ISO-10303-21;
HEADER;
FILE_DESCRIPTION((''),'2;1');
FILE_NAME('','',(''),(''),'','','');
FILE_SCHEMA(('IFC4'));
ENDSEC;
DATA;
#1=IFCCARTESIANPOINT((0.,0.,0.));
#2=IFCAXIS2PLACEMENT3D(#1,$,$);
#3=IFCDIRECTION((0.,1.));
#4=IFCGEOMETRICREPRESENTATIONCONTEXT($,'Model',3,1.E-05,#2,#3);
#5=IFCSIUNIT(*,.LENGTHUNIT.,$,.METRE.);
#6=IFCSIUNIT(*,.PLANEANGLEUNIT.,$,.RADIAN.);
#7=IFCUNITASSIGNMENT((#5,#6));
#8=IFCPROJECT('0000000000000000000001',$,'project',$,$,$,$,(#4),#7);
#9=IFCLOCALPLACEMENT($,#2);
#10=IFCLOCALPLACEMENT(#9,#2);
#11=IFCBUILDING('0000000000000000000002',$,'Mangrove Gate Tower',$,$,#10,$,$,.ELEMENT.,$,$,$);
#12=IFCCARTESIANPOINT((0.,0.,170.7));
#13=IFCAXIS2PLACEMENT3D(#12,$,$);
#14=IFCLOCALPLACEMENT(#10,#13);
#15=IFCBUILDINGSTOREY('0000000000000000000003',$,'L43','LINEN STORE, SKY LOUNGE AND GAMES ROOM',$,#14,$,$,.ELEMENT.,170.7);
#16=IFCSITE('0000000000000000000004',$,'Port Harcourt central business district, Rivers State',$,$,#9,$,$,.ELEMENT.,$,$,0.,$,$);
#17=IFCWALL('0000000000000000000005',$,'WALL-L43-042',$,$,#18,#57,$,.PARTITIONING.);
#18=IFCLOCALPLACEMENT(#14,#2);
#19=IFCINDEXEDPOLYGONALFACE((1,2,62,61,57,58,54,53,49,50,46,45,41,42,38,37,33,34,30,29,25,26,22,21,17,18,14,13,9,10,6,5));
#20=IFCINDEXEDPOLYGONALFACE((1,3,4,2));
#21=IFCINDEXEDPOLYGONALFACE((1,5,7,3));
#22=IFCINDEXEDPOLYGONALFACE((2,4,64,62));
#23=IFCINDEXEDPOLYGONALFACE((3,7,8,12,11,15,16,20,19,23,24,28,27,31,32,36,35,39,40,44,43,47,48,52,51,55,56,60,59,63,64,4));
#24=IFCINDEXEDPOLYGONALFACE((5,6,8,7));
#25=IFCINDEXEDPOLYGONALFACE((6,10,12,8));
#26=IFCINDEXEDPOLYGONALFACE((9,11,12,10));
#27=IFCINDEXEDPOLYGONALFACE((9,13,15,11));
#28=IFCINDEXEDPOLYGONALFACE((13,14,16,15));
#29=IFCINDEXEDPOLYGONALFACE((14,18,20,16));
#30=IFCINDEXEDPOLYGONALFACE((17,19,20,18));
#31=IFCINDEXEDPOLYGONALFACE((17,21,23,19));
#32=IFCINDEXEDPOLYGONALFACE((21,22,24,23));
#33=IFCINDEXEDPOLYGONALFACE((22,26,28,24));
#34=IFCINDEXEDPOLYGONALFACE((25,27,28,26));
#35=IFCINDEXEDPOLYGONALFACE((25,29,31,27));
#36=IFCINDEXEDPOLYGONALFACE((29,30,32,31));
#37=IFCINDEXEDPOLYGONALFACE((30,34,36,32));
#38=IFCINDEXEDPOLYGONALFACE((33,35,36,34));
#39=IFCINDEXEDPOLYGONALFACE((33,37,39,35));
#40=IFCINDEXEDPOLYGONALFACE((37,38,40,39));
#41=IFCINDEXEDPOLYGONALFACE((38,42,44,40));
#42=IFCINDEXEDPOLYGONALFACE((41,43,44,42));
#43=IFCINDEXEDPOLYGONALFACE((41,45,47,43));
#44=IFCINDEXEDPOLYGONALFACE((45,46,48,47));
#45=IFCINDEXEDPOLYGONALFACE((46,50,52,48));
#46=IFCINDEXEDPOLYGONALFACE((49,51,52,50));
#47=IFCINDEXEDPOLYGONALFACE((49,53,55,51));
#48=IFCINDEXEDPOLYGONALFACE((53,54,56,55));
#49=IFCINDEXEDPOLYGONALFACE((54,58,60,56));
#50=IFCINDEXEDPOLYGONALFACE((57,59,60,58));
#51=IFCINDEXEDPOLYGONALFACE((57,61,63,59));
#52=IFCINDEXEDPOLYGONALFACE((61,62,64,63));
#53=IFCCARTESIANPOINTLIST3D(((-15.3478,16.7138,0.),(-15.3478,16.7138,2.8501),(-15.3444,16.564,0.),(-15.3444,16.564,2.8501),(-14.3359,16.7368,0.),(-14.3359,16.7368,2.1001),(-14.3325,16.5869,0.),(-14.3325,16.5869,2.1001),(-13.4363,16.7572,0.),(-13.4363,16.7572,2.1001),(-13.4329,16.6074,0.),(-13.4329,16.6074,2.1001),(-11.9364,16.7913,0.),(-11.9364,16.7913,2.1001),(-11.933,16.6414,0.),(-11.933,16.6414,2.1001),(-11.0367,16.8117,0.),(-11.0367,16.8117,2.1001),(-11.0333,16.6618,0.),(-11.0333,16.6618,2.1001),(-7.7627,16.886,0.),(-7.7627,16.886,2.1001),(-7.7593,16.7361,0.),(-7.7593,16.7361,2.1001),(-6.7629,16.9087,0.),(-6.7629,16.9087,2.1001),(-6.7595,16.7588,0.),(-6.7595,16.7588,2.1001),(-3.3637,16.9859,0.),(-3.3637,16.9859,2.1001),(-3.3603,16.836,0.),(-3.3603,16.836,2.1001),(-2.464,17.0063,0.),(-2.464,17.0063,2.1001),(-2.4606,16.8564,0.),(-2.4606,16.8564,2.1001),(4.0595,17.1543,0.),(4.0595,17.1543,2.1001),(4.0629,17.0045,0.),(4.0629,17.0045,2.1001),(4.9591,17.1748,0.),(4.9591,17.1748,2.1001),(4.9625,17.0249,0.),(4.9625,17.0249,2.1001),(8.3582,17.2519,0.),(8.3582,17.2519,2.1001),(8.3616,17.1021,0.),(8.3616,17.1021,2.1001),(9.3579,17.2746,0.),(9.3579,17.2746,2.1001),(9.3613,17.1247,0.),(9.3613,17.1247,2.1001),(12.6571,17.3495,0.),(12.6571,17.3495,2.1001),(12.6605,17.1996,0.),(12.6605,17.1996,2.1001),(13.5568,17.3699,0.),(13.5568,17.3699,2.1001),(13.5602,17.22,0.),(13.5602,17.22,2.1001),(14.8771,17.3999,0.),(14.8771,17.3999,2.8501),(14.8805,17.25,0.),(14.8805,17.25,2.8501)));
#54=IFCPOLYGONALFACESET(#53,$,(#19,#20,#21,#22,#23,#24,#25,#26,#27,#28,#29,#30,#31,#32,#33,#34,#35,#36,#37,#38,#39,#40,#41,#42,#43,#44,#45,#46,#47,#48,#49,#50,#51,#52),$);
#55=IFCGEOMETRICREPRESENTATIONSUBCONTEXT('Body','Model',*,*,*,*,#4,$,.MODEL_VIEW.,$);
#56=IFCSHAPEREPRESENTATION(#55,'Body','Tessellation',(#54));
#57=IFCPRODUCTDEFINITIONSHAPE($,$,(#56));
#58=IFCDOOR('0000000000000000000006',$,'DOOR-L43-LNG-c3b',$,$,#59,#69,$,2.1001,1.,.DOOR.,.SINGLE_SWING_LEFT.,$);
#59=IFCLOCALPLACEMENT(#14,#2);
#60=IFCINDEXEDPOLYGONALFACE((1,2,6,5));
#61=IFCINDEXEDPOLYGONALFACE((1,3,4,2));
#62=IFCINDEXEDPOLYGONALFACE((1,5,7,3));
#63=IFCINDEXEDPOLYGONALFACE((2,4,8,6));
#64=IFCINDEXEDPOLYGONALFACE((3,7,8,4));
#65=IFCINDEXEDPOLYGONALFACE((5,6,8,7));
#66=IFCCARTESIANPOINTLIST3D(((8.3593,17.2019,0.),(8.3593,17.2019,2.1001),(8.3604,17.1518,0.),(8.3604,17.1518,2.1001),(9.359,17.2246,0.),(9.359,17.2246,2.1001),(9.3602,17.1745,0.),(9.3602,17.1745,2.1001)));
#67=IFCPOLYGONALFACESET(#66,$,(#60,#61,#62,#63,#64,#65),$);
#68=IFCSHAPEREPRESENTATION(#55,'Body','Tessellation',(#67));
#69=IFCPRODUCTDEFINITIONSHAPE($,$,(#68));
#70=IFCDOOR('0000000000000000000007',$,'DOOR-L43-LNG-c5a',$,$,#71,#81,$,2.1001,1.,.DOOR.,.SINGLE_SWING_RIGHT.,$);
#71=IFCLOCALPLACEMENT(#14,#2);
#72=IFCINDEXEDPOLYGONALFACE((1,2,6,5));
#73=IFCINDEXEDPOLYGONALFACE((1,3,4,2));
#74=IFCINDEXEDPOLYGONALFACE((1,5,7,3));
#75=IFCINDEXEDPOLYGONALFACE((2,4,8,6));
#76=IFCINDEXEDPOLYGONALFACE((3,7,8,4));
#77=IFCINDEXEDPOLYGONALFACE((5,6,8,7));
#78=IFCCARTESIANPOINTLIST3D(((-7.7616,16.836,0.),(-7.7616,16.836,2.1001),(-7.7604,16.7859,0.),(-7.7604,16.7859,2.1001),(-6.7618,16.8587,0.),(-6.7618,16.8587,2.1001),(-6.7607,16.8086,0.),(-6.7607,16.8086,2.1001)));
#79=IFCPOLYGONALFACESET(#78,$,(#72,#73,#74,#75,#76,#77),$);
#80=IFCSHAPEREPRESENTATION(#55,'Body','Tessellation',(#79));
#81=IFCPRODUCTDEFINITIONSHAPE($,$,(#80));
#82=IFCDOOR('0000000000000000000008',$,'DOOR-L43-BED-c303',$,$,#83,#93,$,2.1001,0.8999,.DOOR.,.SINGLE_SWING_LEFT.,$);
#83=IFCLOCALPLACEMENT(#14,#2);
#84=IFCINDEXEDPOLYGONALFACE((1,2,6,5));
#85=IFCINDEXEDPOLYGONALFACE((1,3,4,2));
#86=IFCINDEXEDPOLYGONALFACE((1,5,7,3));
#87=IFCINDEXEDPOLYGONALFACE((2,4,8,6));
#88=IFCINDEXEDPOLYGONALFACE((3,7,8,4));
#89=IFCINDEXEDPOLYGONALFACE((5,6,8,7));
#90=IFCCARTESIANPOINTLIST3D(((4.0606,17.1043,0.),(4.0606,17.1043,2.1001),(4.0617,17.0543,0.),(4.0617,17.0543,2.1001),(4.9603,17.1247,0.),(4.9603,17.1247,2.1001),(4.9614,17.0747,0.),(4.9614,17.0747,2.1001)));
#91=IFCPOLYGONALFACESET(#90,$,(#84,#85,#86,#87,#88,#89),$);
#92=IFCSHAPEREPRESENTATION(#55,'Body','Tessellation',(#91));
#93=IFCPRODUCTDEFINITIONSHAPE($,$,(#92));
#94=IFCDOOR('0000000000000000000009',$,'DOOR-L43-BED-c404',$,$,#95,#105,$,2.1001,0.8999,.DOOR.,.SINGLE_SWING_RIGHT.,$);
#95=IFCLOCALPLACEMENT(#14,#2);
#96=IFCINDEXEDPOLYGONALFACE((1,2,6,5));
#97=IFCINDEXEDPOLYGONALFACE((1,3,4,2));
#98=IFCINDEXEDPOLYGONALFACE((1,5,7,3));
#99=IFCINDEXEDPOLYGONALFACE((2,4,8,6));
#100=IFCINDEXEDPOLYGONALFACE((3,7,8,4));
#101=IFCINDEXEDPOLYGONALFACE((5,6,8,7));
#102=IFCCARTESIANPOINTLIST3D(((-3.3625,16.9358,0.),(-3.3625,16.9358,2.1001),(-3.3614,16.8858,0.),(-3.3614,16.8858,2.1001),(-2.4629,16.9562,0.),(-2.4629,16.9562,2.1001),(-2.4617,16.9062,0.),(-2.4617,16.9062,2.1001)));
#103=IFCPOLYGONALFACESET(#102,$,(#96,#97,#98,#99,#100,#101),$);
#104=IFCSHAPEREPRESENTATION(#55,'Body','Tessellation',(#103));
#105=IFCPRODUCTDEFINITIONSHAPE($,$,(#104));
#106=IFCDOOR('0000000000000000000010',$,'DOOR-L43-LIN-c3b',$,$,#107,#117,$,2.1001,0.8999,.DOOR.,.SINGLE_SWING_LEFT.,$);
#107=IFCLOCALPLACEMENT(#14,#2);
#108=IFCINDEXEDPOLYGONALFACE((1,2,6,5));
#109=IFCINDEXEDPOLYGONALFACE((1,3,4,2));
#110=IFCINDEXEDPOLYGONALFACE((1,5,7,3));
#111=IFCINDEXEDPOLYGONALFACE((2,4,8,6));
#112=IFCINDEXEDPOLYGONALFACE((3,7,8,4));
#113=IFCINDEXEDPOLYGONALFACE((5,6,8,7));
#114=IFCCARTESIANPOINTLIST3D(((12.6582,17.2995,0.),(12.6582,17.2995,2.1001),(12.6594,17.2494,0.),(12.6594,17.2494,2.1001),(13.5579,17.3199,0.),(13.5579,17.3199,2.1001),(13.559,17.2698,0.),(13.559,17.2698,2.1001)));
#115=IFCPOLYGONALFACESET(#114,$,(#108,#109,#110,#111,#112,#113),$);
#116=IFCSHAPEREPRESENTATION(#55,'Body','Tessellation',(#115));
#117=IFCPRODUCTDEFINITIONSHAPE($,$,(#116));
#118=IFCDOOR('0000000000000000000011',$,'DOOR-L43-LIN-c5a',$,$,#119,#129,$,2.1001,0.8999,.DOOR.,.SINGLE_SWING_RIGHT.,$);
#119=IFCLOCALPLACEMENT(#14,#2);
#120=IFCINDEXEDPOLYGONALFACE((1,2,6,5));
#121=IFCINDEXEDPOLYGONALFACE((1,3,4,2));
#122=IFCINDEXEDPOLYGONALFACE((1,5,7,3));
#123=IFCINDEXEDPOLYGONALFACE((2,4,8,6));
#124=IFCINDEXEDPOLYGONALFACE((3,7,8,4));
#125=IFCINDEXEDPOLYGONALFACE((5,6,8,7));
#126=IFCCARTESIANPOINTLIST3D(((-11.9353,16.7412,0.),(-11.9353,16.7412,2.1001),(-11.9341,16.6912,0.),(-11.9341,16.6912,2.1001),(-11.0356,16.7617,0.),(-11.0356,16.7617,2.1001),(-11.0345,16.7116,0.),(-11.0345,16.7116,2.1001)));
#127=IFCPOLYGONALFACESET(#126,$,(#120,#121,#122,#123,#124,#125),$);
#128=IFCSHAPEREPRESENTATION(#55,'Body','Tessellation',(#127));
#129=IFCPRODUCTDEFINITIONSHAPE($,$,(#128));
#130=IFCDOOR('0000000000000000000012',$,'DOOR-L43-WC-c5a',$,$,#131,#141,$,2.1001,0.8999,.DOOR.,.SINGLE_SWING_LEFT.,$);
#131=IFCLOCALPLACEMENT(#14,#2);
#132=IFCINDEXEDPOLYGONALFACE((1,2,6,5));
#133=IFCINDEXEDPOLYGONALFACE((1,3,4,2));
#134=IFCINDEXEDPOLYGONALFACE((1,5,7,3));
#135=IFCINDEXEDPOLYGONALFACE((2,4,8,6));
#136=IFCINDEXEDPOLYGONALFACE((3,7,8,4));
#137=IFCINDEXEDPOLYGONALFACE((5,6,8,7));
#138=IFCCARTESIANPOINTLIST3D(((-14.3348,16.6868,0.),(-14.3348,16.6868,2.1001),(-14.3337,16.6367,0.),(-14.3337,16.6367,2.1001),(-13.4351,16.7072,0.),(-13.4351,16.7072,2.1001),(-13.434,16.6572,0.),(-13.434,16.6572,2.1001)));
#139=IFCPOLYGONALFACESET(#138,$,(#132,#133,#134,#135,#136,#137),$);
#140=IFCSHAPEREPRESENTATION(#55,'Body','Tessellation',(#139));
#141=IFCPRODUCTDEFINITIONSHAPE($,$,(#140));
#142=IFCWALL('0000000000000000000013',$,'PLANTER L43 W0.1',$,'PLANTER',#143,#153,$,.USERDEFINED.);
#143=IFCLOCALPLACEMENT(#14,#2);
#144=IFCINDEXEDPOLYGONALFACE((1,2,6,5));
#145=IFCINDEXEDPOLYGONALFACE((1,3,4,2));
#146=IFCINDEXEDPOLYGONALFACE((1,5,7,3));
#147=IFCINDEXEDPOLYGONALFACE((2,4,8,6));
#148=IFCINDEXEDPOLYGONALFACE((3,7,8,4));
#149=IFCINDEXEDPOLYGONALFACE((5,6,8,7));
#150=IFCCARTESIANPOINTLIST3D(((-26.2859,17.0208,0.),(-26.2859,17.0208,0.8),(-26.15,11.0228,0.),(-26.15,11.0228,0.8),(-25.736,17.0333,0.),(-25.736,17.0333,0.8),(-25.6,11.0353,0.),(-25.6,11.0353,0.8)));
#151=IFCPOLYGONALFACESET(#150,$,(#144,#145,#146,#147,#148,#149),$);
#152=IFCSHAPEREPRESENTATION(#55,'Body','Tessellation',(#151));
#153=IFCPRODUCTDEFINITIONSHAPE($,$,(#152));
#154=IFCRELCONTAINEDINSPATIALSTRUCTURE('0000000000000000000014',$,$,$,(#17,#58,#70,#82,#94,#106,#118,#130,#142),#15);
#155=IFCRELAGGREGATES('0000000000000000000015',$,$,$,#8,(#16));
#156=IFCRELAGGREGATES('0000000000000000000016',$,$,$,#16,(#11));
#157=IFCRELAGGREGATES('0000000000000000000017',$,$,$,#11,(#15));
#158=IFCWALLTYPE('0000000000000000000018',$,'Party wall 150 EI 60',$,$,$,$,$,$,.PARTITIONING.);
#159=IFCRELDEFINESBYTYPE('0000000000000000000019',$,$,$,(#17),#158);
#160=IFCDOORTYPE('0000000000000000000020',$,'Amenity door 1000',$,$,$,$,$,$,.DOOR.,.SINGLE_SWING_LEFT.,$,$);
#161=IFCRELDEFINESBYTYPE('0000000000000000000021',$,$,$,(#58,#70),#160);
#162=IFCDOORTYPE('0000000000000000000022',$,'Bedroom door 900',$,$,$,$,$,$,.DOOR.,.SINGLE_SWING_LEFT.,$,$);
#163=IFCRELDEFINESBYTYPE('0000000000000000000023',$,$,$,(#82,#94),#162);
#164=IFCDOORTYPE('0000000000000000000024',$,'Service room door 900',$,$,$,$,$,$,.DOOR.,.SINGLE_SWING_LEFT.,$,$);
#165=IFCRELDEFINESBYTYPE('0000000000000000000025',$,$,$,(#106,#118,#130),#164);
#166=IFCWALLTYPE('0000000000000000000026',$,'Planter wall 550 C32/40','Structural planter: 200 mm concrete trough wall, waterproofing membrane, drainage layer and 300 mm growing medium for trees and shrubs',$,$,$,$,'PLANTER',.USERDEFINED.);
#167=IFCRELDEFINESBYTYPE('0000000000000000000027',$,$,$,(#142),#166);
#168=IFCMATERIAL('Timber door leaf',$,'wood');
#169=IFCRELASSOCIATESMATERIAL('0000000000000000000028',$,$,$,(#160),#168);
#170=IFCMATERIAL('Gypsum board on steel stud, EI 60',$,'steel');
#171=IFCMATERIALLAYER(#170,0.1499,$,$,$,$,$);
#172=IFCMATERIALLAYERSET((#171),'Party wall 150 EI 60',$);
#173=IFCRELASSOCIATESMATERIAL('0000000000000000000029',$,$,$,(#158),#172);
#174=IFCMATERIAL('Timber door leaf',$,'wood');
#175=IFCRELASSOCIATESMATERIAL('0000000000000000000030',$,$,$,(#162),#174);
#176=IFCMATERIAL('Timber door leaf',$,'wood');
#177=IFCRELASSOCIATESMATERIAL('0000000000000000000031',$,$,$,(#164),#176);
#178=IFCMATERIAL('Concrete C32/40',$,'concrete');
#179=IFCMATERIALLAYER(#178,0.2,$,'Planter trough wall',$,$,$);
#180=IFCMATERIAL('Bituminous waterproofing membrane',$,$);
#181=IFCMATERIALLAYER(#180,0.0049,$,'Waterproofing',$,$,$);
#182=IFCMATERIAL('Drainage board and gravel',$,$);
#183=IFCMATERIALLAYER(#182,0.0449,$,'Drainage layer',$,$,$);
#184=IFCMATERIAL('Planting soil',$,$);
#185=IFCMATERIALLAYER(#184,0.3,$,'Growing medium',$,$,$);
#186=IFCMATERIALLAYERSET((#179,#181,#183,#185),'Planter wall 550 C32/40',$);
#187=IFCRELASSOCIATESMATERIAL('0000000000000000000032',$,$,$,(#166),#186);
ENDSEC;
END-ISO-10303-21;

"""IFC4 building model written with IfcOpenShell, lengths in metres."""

from ifc_helpers import new_model, si_unit, direction, frame, frame_2d, origin, place, context, subcontext, project, spatial, rectangle, extrude, material, layer, layer_set, type_object, element, fill, save


model = new_model("IFC4")

# Units and contexts
model_context = context("Model", 3, precision=1e-05, world=origin(), true_north=direction((0.0, 1.0)))
body_context = subcontext(model_context, "Body", "Model", "MODEL_VIEW")
ifc_project = project(units=[si_unit("LENGTHUNIT", "METRE"), si_unit("PLANEANGLEUNIT", "RADIAN")], contexts=[model_context])

# Site, building, storey
site_placement = place(None, origin())
site = spatial("IfcSite", under=ifc_project, at=site_placement, Name="Port Harcourt central business district, Rivers State", CompositionType="ELEMENT", RefElevation=0.0)
building_placement = place(site_placement, origin())
building = spatial("IfcBuilding", under=site, at=building_placement, Name="Mangrove Gate Tower", CompositionType="ELEMENT")
storey_placement = place(building_placement, frame((0.0, 0.0, 170.7)))
storey = spatial("IfcBuildingStorey", under=building, at=storey_placement, Name="L43", Description="LINEN STORE, SKY LOUNGE AND GAMES ROOM", CompositionType="ELEMENT", Elevation=170.7)

# Shared definitions
ifc_material_1 = material(Name="Timber door leaf", Category="wood")
door_type_1 = type_object("IfcDoorType", Name="Amenity door 1000", OperationType="SINGLE_SWING_LEFT", PredefinedType="DOOR", material=ifc_material_1)

# Shared definitions
ifc_material_2 = material(Name="Gypsum board on steel stud, EI 60", Category="steel")
ifc_layer_1 = layer(ifc_material_2, 0.1499)
ifc_layer_set_1 = layer_set([ifc_layer_1], Name="Party wall 150 EI 60")
wall_type_1 = type_object("IfcWallType", Name="Party wall 150 EI 60", PredefinedType="PARTITIONING", material=ifc_layer_set_1)

# Wall, openings, doors
wall_1_placement = place(storey_placement, frame((-15.3459, 16.6389, 0.0), z_axis=(0.0, 0.0, 1.0), x_axis=(0.999743, 0.022692, 0.0)))
wall_1 = element("IfcWall", 1, at=wall_1_placement, inside=storey, type_object=wall_type_1, Name="WALL-L43-042", PredefinedType="PARTITIONING", context=body_context, shape_type="SweptSolid", body=[
    extrude(rectangle(XDim=30.2327, YDim=0.1499, at=frame_2d((15.1162, 0.0))), origin(), (0.0, 0.0, 1.0), 2.8501),
])
opening_1_placement = place(wall_1_placement, frame((23.7119, 0.0, 0.0)))
opening_1 = element("IfcOpeningElement", 2, at=opening_1_placement, cuts=wall_1, PredefinedType="OPENING", context=body_context, shape_type="SweptSolid", body=[
    extrude(rectangle(XDim=1.0, YDim=2.1001, at=frame_2d((0.5, 1.05))), frame((0.0, 0.085, 0.0), z_axis=(0.0, -1.0, 0.0), x_axis=(1.0, 0.0, 0.0)), (0.0, 0.0, 1.0), 0.1699),
])
opening_2_placement = place(wall_1_placement, frame((28.012, 0.0, 0.0)))
opening_2 = element("IfcOpeningElement", 3, at=opening_2_placement, cuts=wall_1, PredefinedType="OPENING", context=body_context, shape_type="SweptSolid", body=[
    extrude(rectangle(XDim=0.8999, YDim=2.1001, at=frame_2d((0.45, 1.05))), frame((0.0, 0.085, 0.0), z_axis=(0.0, -1.0, 0.0), x_axis=(1.0, 0.0, 0.0)), (0.0, 0.0, 1.0), 0.1699),
])
opening_3_placement = place(wall_1_placement, frame((19.4121, 0.0, 0.0)))
opening_3 = element("IfcOpeningElement", 4, at=opening_3_placement, cuts=wall_1, PredefinedType="OPENING", context=body_context, shape_type="SweptSolid", body=[
    extrude(rectangle(XDim=0.8999, YDim=2.1001, at=frame_2d((0.45, 1.05))), frame((0.0, 0.085, 0.0), z_axis=(0.0, -1.0, 0.0), x_axis=(1.0, 0.0, 0.0)), (0.0, 0.0, 1.0), 0.1699),
])
opening_4_placement = place(wall_1_placement, frame((11.9871, 0.0, 0.0)))
opening_4 = element("IfcOpeningElement", 5, at=opening_4_placement, cuts=wall_1, PredefinedType="OPENING", context=body_context, shape_type="SweptSolid", body=[
    extrude(rectangle(XDim=0.8999, YDim=2.1001, at=frame_2d((0.45, 1.05))), frame((0.0, 0.085, 0.0), z_axis=(0.0, -1.0, 0.0), x_axis=(1.0, 0.0, 0.0)), (0.0, 0.0, 1.0), 0.1699),
])
opening_5_placement = place(wall_1_placement, frame((7.5869, 0.0, 0.0)))
opening_5 = element("IfcOpeningElement", 6, at=opening_5_placement, cuts=wall_1, PredefinedType="OPENING", context=body_context, shape_type="SweptSolid", body=[
    extrude(rectangle(XDim=1.0, YDim=2.1001, at=frame_2d((0.5, 1.05))), frame((0.0, 0.085, 0.0), z_axis=(0.0, -1.0, 0.0), x_axis=(1.0, 0.0, 0.0)), (0.0, 0.0, 1.0), 0.1699),
])
opening_6_placement = place(wall_1_placement, frame((3.4121, 0.0, 0.0)))
opening_6 = element("IfcOpeningElement", 7, at=opening_6_placement, cuts=wall_1, PredefinedType="OPENING", context=body_context, shape_type="SweptSolid", body=[
    extrude(rectangle(XDim=0.8999, YDim=2.1001, at=frame_2d((0.45, 1.05))), frame((0.0, 0.085, 0.0), z_axis=(0.0, -1.0, 0.0), x_axis=(1.0, 0.0, 0.0)), (0.0, 0.0, 1.0), 0.1699),
])
opening_7_placement = place(wall_1_placement, frame((1.012, 0.0, 0.0)))
opening_7 = element("IfcOpeningElement", 8, at=opening_7_placement, cuts=wall_1, PredefinedType="OPENING", context=body_context, shape_type="SweptSolid", body=[
    extrude(rectangle(XDim=0.8999, YDim=2.1001, at=frame_2d((0.45, 1.05))), frame((0.0, 0.085, 0.0), z_axis=(0.0, -1.0, 0.0), x_axis=(1.0, 0.0, 0.0)), (0.0, 0.0, 1.0), 0.1699),
])
door_1_placement = place(opening_1_placement, origin())
door_1 = element("IfcDoor", 9, at=door_1_placement, inside=storey, type_object=door_type_1, Name="DOOR-L43-LNG-c3b", OperationType="SINGLE_SWING_LEFT", OverallHeight=2.1001, OverallWidth=1.0, PredefinedType="DOOR", context=body_context, shape_type="SweptSolid", body=[
    extrude(rectangle(XDim=1.0, YDim=2.1001, at=frame_2d((0.5, 1.05))), frame((0.0, 0.0249, 0.0), z_axis=(0.0, -1.0, 0.0), x_axis=(1.0, 0.0, 0.0)), (0.0, 0.0, 1.0), 0.05),
])
fill(opening_1, door_1)
door_2_placement = place(opening_5_placement, origin())
door_2 = element("IfcDoor", 10, at=door_2_placement, inside=storey, type_object=door_type_1, Name="DOOR-L43-LNG-c5a", OperationType="SINGLE_SWING_RIGHT", OverallHeight=2.1001, OverallWidth=1.0, PredefinedType="DOOR", context=body_context, shape_type="SweptSolid", body=[
    extrude(rectangle(XDim=1.0, YDim=2.1001, at=frame_2d((0.5, 1.05))), frame((0.0, 0.0249, 0.0), z_axis=(0.0, -1.0, 0.0), x_axis=(1.0, 0.0, 0.0)), (0.0, 0.0, 1.0), 0.05),
])
fill(opening_5, door_2)
ifc_material_3 = material(Name="Timber door leaf", Category="wood")
door_type_2 = type_object("IfcDoorType", Name="Bedroom door 900", OperationType="SINGLE_SWING_LEFT", PredefinedType="DOOR", material=ifc_material_3)
door_3_placement = place(opening_3_placement, origin())
door_3 = element("IfcDoor", 11, at=door_3_placement, inside=storey, type_object=door_type_2, Name="DOOR-L43-BED-c303", OperationType="SINGLE_SWING_LEFT", OverallHeight=2.1001, OverallWidth=0.8999, PredefinedType="DOOR", context=body_context, shape_type="SweptSolid", body=[
    extrude(rectangle(XDim=0.8999, YDim=2.1001, at=frame_2d((0.45, 1.05))), frame((0.0, 0.0249, 0.0), z_axis=(0.0, -1.0, 0.0), x_axis=(1.0, 0.0, 0.0)), (0.0, 0.0, 1.0), 0.05),
])
fill(opening_3, door_3)
door_4_placement = place(opening_4_placement, origin())
door_4 = element("IfcDoor", 12, at=door_4_placement, inside=storey, type_object=door_type_2, Name="DOOR-L43-BED-c404", OperationType="SINGLE_SWING_RIGHT", OverallHeight=2.1001, OverallWidth=0.8999, PredefinedType="DOOR", context=body_context, shape_type="SweptSolid", body=[
    extrude(rectangle(XDim=0.8999, YDim=2.1001, at=frame_2d((0.45, 1.05))), frame((0.0, 0.0249, 0.0), z_axis=(0.0, -1.0, 0.0), x_axis=(1.0, 0.0, 0.0)), (0.0, 0.0, 1.0), 0.05),
])
fill(opening_4, door_4)
ifc_material_4 = material(Name="Timber door leaf", Category="wood")
door_type_3 = type_object("IfcDoorType", Name="Service room door 900", OperationType="SINGLE_SWING_LEFT", PredefinedType="DOOR", material=ifc_material_4)
door_5_placement = place(opening_2_placement, origin())
door_5 = element("IfcDoor", 13, at=door_5_placement, inside=storey, type_object=door_type_3, Name="DOOR-L43-LIN-c3b", OperationType="SINGLE_SWING_LEFT", OverallHeight=2.1001, OverallWidth=0.8999, PredefinedType="DOOR", context=body_context, shape_type="SweptSolid", body=[
    extrude(rectangle(XDim=0.8999, YDim=2.1001, at=frame_2d((0.45, 1.05))), frame((0.0, 0.0249, 0.0), z_axis=(0.0, -1.0, 0.0), x_axis=(1.0, 0.0, 0.0)), (0.0, 0.0, 1.0), 0.05),
])
fill(opening_2, door_5)
door_6_placement = place(opening_6_placement, origin())
door_6 = element("IfcDoor", 14, at=door_6_placement, inside=storey, type_object=door_type_3, Name="DOOR-L43-LIN-c5a", OperationType="SINGLE_SWING_RIGHT", OverallHeight=2.1001, OverallWidth=0.8999, PredefinedType="DOOR", context=body_context, shape_type="SweptSolid", body=[
    extrude(rectangle(XDim=0.8999, YDim=2.1001, at=frame_2d((0.45, 1.05))), frame((0.0, 0.0249, 0.0), z_axis=(0.0, -1.0, 0.0), x_axis=(1.0, 0.0, 0.0)), (0.0, 0.0, 1.0), 0.05),
])
fill(opening_6, door_6)
door_7_placement = place(opening_7_placement, origin())
door_7 = element("IfcDoor", 15, at=door_7_placement, inside=storey, type_object=door_type_3, Name="DOOR-L43-WC-c5a", OperationType="SINGLE_SWING_LEFT", OverallHeight=2.1001, OverallWidth=0.8999, PredefinedType="DOOR", context=body_context, shape_type="SweptSolid", body=[
    extrude(rectangle(XDim=0.8999, YDim=2.1001, at=frame_2d((0.45, 1.05))), frame((0.0, 0.0249, 0.0), z_axis=(0.0, -1.0, 0.0), x_axis=(1.0, 0.0, 0.0)), (0.0, 0.0, 1.0), 0.05),
])
fill(opening_7, door_7)

# Wall
ifc_material_5 = material(Name="Concrete C32/40", Category="concrete")
ifc_layer_2 = layer(ifc_material_5, 0.2, Name="Planter trough wall")
ifc_material_6 = material(Name="Bituminous waterproofing membrane")
ifc_layer_3 = layer(ifc_material_6, 0.0049, Name="Waterproofing")
ifc_material_7 = material(Name="Drainage board and gravel")
ifc_layer_4 = layer(ifc_material_7, 0.0449, Name="Drainage layer")
ifc_material_8 = material(Name="Planting soil")
ifc_layer_5 = layer(ifc_material_8, 0.3, Name="Growing medium")
ifc_layer_set_2 = layer_set([ifc_layer_2, ifc_layer_3, ifc_layer_4, ifc_layer_5], Name="Planter wall 550 C32/40")
wall_type_2 = type_object("IfcWallType", Name="Planter wall 550 C32/40", Description="Structural planter: 200 mm concrete trough wall, waterproofing membrane, drainage layer and 300 mm growing medium for trees and shrubs", ElementType="PLANTER", PredefinedType="USERDEFINED", material=ifc_layer_set_2)
wall_2_placement = place(storey_placement, frame((-25.875, 11.0291, 0.0), z_axis=(0.0, 0.0, 1.0), x_axis=(-0.022666, 0.999743, 0.0)))
element("IfcWall", 16, at=wall_2_placement, inside=storey, type_object=wall_type_2, Name="PLANTER L43 W0.1", ObjectType="PLANTER", PredefinedType="USERDEFINED", context=body_context, shape_type="SweptSolid", body=[
    extrude(rectangle(XDim=5.9995, YDim=0.55, at=frame_2d((2.9998, 0.0))), origin(), (0.0, 0.0, 1.0), 0.8),
])

save(model, "model.ifc")
